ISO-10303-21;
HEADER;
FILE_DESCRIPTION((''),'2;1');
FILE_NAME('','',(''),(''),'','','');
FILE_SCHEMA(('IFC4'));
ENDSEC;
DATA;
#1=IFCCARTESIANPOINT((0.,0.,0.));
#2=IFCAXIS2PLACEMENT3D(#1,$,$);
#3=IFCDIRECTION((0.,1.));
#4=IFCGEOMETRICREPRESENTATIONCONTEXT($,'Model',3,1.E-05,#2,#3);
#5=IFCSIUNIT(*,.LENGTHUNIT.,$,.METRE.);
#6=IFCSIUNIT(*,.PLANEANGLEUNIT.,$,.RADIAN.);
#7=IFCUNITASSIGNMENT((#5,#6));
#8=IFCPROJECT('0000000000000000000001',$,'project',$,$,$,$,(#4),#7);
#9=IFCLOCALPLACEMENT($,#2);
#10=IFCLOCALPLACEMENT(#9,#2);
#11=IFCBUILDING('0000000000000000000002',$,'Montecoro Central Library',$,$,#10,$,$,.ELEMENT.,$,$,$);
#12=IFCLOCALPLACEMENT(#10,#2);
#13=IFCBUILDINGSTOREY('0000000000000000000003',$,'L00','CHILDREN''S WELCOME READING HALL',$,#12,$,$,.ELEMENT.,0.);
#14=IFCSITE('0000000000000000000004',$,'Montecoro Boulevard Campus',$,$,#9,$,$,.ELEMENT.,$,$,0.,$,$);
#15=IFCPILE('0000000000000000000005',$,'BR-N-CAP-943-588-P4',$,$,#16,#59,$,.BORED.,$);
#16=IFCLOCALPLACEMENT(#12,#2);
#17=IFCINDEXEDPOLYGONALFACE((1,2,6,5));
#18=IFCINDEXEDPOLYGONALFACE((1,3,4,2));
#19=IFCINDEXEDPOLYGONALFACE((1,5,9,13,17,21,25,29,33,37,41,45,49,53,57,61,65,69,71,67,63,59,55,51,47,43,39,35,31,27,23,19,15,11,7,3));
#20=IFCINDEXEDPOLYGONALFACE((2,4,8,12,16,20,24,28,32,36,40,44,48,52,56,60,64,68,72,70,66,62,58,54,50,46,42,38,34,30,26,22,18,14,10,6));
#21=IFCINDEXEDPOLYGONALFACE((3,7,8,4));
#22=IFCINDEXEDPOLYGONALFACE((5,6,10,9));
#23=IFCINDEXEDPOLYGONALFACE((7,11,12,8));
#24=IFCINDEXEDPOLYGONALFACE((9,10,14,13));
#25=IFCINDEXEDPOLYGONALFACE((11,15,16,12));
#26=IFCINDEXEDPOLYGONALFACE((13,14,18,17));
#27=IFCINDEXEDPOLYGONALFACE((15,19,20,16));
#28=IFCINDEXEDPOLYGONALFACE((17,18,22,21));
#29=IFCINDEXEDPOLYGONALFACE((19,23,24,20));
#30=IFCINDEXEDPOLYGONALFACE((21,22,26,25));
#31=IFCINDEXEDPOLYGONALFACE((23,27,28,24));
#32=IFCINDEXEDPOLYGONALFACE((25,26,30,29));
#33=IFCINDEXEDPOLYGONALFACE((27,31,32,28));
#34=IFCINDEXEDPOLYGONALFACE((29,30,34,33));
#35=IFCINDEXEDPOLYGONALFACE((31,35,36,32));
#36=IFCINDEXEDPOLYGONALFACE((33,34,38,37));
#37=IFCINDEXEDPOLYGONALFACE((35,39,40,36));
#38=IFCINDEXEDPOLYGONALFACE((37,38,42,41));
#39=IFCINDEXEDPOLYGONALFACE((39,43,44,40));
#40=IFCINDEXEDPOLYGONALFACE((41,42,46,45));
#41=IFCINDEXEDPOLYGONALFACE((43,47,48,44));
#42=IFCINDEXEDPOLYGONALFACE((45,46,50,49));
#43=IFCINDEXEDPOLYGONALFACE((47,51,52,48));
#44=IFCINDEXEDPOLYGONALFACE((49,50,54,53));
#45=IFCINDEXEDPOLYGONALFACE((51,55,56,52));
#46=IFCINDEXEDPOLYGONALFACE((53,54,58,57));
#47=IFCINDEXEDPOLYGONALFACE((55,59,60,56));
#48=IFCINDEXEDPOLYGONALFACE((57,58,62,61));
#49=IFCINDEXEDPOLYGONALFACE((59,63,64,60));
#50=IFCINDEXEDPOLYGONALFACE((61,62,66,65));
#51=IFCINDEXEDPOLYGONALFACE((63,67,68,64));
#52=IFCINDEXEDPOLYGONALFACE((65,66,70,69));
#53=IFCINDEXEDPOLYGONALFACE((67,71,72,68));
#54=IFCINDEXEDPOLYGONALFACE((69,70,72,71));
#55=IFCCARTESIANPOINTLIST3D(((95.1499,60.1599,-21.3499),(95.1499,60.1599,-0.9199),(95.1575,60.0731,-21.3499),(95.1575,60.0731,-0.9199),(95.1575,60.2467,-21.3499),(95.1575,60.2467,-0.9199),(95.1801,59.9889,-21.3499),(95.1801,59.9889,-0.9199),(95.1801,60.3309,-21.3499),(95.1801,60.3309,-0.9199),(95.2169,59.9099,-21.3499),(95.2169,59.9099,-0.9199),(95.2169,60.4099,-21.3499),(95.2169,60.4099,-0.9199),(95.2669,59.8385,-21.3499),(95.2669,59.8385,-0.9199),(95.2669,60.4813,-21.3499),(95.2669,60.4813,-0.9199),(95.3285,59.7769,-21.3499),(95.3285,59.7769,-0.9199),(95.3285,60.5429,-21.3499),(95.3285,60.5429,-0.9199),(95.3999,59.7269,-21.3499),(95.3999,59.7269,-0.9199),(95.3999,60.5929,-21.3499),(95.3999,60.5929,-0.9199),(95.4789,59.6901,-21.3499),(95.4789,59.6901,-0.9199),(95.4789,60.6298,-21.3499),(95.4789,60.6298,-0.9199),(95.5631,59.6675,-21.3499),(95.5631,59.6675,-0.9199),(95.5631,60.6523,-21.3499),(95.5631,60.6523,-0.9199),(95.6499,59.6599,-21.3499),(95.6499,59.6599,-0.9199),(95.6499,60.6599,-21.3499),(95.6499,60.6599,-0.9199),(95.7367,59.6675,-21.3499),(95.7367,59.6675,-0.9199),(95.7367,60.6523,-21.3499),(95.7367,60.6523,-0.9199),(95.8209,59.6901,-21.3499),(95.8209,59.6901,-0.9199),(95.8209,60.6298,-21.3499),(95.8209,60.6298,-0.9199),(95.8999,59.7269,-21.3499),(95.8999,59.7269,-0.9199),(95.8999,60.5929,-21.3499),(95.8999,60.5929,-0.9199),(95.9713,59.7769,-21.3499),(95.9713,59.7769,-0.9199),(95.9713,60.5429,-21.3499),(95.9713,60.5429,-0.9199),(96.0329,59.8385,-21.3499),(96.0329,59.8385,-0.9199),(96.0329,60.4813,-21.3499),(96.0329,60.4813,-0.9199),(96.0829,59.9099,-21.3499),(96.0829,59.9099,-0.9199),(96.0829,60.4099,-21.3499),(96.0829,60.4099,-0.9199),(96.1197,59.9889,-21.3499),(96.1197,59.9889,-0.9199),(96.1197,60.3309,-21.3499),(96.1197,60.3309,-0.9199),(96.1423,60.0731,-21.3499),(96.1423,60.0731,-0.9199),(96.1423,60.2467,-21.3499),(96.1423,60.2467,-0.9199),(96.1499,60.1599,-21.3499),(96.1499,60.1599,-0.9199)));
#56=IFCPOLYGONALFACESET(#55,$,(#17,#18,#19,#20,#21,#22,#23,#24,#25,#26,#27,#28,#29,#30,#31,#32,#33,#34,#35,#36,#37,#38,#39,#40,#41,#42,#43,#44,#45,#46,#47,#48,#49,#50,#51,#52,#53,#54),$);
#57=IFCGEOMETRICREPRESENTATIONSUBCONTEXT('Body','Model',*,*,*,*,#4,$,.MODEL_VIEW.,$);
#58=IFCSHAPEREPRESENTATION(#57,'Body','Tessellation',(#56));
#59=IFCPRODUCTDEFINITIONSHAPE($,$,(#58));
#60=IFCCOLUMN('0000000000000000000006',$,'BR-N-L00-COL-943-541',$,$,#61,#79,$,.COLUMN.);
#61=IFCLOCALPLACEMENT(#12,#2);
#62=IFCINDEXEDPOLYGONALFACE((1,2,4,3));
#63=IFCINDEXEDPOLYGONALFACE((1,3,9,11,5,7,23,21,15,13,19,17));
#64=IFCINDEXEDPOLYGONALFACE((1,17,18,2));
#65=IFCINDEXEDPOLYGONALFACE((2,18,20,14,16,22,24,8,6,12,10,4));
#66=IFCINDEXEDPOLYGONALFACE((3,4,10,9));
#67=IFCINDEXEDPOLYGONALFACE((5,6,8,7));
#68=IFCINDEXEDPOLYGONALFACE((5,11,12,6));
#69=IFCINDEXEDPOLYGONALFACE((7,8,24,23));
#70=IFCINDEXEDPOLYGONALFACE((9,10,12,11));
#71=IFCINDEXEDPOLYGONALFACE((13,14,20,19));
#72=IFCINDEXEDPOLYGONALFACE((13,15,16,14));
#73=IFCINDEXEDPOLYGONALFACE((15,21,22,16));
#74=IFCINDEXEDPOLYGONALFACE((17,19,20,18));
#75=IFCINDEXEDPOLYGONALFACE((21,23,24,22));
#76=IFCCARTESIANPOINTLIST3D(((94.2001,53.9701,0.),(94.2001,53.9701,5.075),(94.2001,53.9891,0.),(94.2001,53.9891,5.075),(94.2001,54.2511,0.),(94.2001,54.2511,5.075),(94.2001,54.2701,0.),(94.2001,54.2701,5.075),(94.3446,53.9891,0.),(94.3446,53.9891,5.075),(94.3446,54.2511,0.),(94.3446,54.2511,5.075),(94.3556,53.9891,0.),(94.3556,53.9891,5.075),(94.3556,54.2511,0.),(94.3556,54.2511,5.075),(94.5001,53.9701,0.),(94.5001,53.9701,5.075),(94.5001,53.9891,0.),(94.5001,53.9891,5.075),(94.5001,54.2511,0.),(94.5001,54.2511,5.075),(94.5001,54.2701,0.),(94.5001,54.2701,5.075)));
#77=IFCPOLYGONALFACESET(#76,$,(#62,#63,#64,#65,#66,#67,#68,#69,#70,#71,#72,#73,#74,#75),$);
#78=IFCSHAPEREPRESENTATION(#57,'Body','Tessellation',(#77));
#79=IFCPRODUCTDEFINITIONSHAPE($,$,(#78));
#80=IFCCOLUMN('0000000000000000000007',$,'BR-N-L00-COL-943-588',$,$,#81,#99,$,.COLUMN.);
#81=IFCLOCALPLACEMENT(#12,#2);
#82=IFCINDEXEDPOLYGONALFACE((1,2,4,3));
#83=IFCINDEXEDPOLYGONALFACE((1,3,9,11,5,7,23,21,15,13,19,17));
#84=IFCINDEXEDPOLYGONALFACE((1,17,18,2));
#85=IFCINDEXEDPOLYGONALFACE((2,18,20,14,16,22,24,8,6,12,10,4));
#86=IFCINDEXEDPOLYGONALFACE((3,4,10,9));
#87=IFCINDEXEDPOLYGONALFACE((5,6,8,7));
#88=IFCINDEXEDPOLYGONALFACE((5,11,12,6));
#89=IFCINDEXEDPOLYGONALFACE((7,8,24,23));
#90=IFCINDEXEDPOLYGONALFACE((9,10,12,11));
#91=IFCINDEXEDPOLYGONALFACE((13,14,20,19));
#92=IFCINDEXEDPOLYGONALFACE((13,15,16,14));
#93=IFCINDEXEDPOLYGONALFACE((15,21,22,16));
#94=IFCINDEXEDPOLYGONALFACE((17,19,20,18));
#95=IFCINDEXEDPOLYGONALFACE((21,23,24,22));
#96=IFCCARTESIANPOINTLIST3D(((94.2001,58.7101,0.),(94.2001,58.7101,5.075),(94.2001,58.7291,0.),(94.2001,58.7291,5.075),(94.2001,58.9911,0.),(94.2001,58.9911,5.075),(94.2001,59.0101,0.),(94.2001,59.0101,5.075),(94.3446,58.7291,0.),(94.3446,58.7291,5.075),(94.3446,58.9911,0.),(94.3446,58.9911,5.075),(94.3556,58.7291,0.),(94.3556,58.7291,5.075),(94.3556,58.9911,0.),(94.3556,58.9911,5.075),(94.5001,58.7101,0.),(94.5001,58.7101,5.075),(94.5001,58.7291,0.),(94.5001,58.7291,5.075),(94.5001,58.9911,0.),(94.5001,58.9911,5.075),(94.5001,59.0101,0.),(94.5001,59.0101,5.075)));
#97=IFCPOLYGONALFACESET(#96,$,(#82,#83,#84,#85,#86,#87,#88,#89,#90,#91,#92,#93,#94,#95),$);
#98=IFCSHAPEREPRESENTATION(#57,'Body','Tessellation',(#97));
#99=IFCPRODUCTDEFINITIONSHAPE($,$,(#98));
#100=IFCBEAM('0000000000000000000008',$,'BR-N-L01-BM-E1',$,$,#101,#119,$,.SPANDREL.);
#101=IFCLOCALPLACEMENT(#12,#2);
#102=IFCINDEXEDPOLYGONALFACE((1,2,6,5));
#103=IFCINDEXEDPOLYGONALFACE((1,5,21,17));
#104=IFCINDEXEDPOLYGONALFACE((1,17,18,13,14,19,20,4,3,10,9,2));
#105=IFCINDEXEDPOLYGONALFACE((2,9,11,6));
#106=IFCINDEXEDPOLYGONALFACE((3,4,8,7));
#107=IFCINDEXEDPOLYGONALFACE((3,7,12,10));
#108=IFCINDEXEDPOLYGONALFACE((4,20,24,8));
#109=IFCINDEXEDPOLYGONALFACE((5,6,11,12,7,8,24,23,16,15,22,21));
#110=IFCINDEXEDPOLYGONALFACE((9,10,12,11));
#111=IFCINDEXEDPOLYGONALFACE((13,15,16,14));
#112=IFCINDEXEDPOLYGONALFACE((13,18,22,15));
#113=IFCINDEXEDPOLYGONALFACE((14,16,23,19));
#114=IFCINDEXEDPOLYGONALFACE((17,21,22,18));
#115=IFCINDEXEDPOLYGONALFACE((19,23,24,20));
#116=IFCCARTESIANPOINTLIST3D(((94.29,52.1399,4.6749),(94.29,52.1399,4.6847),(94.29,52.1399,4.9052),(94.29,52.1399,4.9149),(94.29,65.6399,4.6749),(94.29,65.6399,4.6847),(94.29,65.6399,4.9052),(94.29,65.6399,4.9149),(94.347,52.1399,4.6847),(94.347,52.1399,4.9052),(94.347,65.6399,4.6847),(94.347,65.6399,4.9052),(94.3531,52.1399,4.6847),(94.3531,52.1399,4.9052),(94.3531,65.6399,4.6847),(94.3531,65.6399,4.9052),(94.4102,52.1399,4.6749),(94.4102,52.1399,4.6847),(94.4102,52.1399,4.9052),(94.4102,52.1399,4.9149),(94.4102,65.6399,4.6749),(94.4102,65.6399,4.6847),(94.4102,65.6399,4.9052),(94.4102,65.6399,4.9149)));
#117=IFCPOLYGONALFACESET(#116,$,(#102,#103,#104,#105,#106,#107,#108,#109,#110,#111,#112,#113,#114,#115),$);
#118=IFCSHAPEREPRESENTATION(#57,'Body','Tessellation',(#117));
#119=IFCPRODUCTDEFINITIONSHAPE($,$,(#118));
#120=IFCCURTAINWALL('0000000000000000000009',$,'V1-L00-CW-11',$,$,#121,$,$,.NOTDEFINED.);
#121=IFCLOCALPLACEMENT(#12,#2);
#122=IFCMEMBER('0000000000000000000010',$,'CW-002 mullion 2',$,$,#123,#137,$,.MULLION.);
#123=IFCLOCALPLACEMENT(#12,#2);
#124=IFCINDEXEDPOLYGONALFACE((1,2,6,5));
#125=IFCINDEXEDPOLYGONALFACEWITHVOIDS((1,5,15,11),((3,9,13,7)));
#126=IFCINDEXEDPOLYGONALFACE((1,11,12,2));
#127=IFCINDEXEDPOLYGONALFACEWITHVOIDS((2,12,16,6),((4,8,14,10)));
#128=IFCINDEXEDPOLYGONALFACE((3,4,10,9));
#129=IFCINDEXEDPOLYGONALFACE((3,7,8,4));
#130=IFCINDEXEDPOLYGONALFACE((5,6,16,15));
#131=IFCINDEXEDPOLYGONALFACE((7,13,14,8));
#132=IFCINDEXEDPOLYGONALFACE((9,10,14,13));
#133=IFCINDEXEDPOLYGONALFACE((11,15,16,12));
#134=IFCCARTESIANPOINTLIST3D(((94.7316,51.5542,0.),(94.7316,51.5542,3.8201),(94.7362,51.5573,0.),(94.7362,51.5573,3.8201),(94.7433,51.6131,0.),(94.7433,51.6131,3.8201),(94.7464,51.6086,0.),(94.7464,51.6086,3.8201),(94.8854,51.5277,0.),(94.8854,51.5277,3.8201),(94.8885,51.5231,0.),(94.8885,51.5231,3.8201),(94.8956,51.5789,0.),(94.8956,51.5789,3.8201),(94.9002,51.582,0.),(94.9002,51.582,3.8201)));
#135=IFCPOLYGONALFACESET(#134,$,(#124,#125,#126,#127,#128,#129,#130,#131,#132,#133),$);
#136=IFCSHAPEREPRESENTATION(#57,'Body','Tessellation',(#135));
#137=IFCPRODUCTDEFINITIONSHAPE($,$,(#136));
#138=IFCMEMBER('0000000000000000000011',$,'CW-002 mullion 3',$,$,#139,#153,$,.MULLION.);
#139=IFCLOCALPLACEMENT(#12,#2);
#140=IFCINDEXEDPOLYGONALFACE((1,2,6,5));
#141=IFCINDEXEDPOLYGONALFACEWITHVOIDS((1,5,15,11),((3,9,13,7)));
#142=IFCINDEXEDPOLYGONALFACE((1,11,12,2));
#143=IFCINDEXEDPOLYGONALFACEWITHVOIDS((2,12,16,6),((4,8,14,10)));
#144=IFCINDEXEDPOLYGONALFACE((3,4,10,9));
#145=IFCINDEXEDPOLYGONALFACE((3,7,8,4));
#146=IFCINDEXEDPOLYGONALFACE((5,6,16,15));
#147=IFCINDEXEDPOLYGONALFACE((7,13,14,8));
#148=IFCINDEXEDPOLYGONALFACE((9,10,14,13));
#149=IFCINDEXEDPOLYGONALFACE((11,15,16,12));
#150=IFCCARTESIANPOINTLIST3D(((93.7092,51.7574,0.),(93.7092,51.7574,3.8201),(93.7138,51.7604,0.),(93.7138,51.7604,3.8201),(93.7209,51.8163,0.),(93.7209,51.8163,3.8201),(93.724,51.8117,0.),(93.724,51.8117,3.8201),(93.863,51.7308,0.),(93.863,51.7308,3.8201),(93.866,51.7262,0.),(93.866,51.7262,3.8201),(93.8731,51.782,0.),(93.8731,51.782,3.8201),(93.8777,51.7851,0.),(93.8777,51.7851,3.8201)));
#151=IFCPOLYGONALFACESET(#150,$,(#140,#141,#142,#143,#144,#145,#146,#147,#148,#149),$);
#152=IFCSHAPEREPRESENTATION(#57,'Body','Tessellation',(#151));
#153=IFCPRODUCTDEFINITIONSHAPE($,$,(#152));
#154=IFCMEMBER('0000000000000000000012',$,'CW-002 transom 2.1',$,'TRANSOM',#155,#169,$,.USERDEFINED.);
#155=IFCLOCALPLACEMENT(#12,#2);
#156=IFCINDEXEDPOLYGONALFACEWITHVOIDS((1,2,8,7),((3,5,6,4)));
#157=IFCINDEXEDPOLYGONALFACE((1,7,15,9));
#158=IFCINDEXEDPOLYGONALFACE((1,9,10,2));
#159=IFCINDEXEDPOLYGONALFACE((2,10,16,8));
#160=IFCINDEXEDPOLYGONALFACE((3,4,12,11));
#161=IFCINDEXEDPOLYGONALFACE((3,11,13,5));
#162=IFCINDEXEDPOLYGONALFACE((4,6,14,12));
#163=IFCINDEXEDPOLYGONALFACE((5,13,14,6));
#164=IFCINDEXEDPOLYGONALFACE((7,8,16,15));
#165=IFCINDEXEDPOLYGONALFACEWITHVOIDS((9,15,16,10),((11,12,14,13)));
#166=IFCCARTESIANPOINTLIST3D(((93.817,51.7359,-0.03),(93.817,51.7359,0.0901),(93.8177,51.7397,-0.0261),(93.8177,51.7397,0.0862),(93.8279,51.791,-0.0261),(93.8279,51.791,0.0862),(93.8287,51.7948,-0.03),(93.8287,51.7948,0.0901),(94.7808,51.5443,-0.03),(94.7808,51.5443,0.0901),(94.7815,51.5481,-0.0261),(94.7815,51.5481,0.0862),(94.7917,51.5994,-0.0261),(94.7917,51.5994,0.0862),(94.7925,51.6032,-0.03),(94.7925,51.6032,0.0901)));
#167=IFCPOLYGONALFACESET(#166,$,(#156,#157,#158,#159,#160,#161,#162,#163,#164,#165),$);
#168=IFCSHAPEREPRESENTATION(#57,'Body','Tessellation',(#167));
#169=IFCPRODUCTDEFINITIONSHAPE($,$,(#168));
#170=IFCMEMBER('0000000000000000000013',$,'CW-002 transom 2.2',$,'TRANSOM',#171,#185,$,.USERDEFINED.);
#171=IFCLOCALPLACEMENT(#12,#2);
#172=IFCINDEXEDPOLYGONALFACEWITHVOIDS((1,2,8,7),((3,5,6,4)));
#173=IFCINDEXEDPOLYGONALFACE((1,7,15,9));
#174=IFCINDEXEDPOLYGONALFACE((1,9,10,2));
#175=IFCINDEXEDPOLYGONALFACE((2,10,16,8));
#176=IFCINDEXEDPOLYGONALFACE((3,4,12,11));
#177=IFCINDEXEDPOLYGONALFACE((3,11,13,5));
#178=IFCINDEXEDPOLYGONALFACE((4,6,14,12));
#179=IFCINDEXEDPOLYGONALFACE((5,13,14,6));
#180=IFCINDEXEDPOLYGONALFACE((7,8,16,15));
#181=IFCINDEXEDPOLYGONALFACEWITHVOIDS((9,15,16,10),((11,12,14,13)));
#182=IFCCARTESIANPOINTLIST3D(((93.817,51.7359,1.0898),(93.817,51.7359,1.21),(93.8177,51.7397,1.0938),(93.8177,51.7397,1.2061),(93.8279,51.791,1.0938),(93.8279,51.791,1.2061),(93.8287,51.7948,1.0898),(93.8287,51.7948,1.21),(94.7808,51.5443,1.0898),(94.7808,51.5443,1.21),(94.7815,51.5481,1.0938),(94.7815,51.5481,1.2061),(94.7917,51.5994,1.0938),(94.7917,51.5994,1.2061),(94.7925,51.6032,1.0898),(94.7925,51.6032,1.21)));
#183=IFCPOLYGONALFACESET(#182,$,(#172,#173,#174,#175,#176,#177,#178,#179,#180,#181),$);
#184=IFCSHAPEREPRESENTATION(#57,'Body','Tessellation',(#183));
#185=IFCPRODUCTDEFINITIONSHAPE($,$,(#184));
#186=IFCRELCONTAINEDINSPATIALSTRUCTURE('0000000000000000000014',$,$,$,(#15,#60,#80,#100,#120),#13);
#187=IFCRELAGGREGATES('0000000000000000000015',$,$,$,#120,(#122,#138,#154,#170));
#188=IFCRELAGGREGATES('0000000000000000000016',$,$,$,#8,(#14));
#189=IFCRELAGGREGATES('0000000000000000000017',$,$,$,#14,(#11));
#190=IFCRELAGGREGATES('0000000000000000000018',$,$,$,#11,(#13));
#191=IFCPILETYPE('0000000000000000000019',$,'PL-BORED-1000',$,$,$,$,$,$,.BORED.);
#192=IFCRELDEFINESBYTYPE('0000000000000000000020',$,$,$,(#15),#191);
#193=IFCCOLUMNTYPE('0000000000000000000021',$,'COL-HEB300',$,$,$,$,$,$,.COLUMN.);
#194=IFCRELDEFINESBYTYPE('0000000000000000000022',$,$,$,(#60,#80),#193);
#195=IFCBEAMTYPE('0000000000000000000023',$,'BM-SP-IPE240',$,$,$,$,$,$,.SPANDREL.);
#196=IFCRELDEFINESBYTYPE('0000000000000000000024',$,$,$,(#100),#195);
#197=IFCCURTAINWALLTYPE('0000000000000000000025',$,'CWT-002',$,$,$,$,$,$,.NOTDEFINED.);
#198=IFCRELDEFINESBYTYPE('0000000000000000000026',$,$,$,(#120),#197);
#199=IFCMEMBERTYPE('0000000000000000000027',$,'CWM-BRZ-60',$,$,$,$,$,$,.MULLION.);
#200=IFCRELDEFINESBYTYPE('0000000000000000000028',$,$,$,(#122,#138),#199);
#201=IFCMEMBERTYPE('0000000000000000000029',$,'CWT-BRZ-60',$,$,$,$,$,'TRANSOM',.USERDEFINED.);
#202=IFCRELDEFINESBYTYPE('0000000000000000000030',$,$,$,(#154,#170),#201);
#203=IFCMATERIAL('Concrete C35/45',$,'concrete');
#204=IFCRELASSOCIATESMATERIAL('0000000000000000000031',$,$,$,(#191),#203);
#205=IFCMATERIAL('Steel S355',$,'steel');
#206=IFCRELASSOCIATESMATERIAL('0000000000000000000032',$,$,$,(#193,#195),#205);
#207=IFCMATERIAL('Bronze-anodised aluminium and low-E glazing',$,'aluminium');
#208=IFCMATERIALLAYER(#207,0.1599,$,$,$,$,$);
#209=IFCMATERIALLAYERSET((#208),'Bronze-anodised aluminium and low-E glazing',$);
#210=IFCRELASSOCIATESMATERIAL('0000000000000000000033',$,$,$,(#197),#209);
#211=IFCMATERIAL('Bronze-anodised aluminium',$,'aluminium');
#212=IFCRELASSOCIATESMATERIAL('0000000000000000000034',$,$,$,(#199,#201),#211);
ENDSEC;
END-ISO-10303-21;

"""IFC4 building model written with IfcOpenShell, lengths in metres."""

from ifc_helpers import new_model, si_unit, direction, frame, origin, origin_2d, place, context, subcontext, project, spatial, hollow_rectangle, circle, i_section, extrude, material, layer, layer_set, material_profile, profile_set, type_object, element, aggregate, save


model = new_model("IFC4")

# Units and contexts
model_context = context("Model", 3, precision=1e-05, world=origin(), true_north=direction((0.0, 1.0)))
body_context = subcontext(model_context, "Body", "Model", "MODEL_VIEW")
ifc_project = project(units=[si_unit("LENGTHUNIT", "METRE"), si_unit("PLANEANGLEUNIT", "RADIAN")], contexts=[model_context])

# Site, building, storey
site_placement = place(None, origin())
site = spatial("IfcSite", under=ifc_project, at=site_placement, Name="Montecoro Boulevard Campus", CompositionType="ELEMENT", RefElevation=0.0)
building_placement = place(site_placement, origin())
building = spatial("IfcBuilding", under=site, at=building_placement, Name="Montecoro Central Library", CompositionType="ELEMENT")
storey_placement = place(building_placement, origin())
storey = spatial("IfcBuildingStorey", under=building, at=storey_placement, Name="L00", Description="CHILDREN'S WELCOME READING HALL", CompositionType="ELEMENT", Elevation=0.0)

# Shared definitions
ifc_material_1 = material(Name="Concrete C35/45", Category="concrete")

# Pile
ifc_material_profile_1 = material_profile(ifc_material_1, circle(Radius=0.5, at=origin_2d()), Name="PILE D1000")
ifc_profile_set_1 = profile_set([ifc_material_profile_1], Name="Concrete C35/45")
pile_type = type_object("IfcPileType", Name="PL-BORED-1000", PredefinedType="BORED", material=ifc_profile_set_1)
for number, where, z_axis, x_axis, name in (
    (1, (95.6499, 60.1599, -0.9199), (0.0, 0.0, -1.0), (1.0, 0.0, 0.0), "BR-N-CAP-943-588-P4"),
):
    element("IfcPile", number, at=place(storey_placement, frame(where, z_axis=z_axis, x_axis=x_axis)), inside=storey, type_object=pile_type, Name=name, PredefinedType="BORED", context=body_context, shape_type="SweptSolid", body=[
        extrude(circle(Radius=0.5, at=origin_2d()), origin(), (0.0, 0.0, 1.0), 20.4299),
    ])

# Columns
ifc_material_2 = material(Name="Steel S355", Category="steel")
ifc_material_profile_2 = material_profile(ifc_material_2, i_section(OverallWidth=0.3, OverallDepth=0.3, WebThickness=0.011, FlangeThickness=0.019, at=origin_2d()), Name="HEB 300")
ifc_profile_set_2 = profile_set([ifc_material_profile_2], Name="Steel S355")
column_type = type_object("IfcColumnType", Name="COL-HEB300", PredefinedType="COLUMN", material=ifc_profile_set_2)
for number, where, z_axis, x_axis, name in (
    (2, (94.3501, 54.1201, 0.0), (0.0, 0.0, 1.0), (1.0, 0.0, 0.0), "BR-N-L00-COL-943-541"),
    (3, (94.3501, 58.8601, 0.0), (0.0, 0.0, 1.0), (1.0, 0.0, 0.0), "BR-N-L00-COL-943-588"),
):
    element("IfcColumn", number, at=place(storey_placement, frame(where, z_axis=z_axis, x_axis=x_axis)), inside=storey, type_object=column_type, Name=name, PredefinedType="COLUMN", context=body_context, shape_type="SweptSolid", body=[
        extrude(i_section(OverallWidth=0.3, OverallDepth=0.3, WebThickness=0.011, FlangeThickness=0.019, at=origin_2d()), origin(), (0.0, 0.0, 1.0), 5.075),
    ])

# Beam
ifc_material_profile_3 = material_profile(ifc_material_2, i_section(OverallWidth=0.1201, OverallDepth=0.24, WebThickness=0.0061, FlangeThickness=0.0098, at=origin_2d()), Name="IPE 240")
ifc_profile_set_3 = profile_set([ifc_material_profile_3], Name="Steel S355")
beam_type = type_object("IfcBeamType", Name="BM-SP-IPE240", PredefinedType="SPANDREL", material=ifc_profile_set_3)
beam_placement = place(storey_placement, frame((94.3501, 52.1399, 4.7949), z_axis=(0.0, 1.0, 0.0), x_axis=(-1.0, 0.0, 0.0)))
element("IfcBeam", 4, at=beam_placement, inside=storey, type_object=beam_type, Name="BR-N-L01-BM-E1", PredefinedType="SPANDREL", context=body_context, shape_type="SweptSolid", body=[
    extrude(i_section(OverallWidth=0.1201, OverallDepth=0.24, WebThickness=0.0061, FlangeThickness=0.0098, at=origin_2d()), origin(), (0.0, 0.0, 1.0), 13.5),
])

# Curtain wall, members
ifc_material_3 = material(Name="Bronze-anodised aluminium and low-E glazing", Category="aluminium")
ifc_layer_1 = layer(ifc_material_3, 0.1599)
ifc_layer_set_1 = layer_set([ifc_layer_1], Name="Bronze-anodised aluminium and low-E glazing")
curtain_wall_type = type_object("IfcCurtainWallType", Name="CWT-002", PredefinedType="NOTDEFINED", material=ifc_layer_set_1)
curtain_wall_placement = place(storey_placement, origin())
curtain_wall = element("IfcCurtainWall", 5, at=curtain_wall_placement, inside=storey, type_object=curtain_wall_type, Name="V1-L00-CW-11", PredefinedType="NOTDEFINED")
ifc_material_4 = material(Name="Bronze-anodised aluminium", Category="aluminium")
ifc_material_profile_4 = material_profile(ifc_material_4, hollow_rectangle(XDim=0.0601, YDim=0.1599, WallThickness=0.0039, at=origin_2d()), Name="CWM 160x60x4.0")
ifc_profile_set_4 = profile_set([ifc_material_profile_4], Name="Bronze-anodised aluminium")
member_type_1 = type_object("IfcMemberType", Name="CWM-BRZ-60", PredefinedType="MULLION", material=ifc_profile_set_4)
member_1_placement = place(storey_placement, frame((94.8159, 51.5681, 0.0), z_axis=(0.0, 0.0, 1.0), x_axis=(-0.194861, -0.980831, 0.0)))
member_1 = element("IfcMember", 6, at=member_1_placement, type_object=member_type_1, Name="CW-002 mullion 2", PredefinedType="MULLION", context=body_context, shape_type="SweptSolid", body=[
    extrude(hollow_rectangle(XDim=0.0601, YDim=0.1599, WallThickness=0.0039, at=origin_2d()), origin(), (0.0, 0.0, 1.0), 3.8201),
])
member_2_placement = place(storey_placement, frame((93.7935, 51.7712, 0.0), z_axis=(0.0, 0.0, 1.0), x_axis=(-0.194861, -0.980831, 0.0)))
member_2 = element("IfcMember", 7, at=member_2_placement, type_object=member_type_1, Name="CW-002 mullion 3", PredefinedType="MULLION", context=body_context, shape_type="SweptSolid", body=[
    extrude(hollow_rectangle(XDim=0.0601, YDim=0.1599, WallThickness=0.0039, at=origin_2d()), origin(), (0.0, 0.0, 1.0), 3.8201),
])
ifc_material_profile_5 = material_profile(ifc_material_4, hollow_rectangle(XDim=0.0601, YDim=0.1201, WallThickness=0.0039, at=origin_2d()), Name="CWT 120x60x4.0")
ifc_profile_set_5 = profile_set([ifc_material_profile_5], Name="Bronze-anodised aluminium")
member_type_2 = type_object("IfcMemberType", Name="CWT-BRZ-60", ElementType="TRANSOM", PredefinedType="USERDEFINED", material=ifc_profile_set_5)
member_3_placement = place(storey_placement, frame((94.7866, 51.5737, 0.03), z_axis=(-0.9808, 0.195017, 0.0), x_axis=(-0.195017, -0.9808, 0.0)))
member_3 = element("IfcMember", 8, at=member_3_placement, type_object=member_type_2, Name="CW-002 transom 2.1", ObjectType="TRANSOM", PredefinedType="USERDEFINED", context=body_context, shape_type="SweptSolid", body=[
    extrude(hollow_rectangle(XDim=0.0601, YDim=0.1201, WallThickness=0.0039, at=origin_2d()), origin(), (0.0, 0.0, 1.0), 0.9827),
])
member_4_placement = place(storey_placement, frame((94.7866, 51.5737, 1.1499), z_axis=(-0.9808, 0.195017, 0.0), x_axis=(-0.195017, -0.9808, 0.0)))
member_4 = element("IfcMember", 9, at=member_4_placement, type_object=member_type_2, Name="CW-002 transom 2.2", ObjectType="TRANSOM", PredefinedType="USERDEFINED", context=body_context, shape_type="SweptSolid", body=[
    extrude(hollow_rectangle(XDim=0.0601, YDim=0.1201, WallThickness=0.0039, at=origin_2d()), origin(), (0.0, 0.0, 1.0), 0.9827),
])
aggregate(curtain_wall, [member_1, member_2, member_3, member_4])

save(model, "model.ifc")
